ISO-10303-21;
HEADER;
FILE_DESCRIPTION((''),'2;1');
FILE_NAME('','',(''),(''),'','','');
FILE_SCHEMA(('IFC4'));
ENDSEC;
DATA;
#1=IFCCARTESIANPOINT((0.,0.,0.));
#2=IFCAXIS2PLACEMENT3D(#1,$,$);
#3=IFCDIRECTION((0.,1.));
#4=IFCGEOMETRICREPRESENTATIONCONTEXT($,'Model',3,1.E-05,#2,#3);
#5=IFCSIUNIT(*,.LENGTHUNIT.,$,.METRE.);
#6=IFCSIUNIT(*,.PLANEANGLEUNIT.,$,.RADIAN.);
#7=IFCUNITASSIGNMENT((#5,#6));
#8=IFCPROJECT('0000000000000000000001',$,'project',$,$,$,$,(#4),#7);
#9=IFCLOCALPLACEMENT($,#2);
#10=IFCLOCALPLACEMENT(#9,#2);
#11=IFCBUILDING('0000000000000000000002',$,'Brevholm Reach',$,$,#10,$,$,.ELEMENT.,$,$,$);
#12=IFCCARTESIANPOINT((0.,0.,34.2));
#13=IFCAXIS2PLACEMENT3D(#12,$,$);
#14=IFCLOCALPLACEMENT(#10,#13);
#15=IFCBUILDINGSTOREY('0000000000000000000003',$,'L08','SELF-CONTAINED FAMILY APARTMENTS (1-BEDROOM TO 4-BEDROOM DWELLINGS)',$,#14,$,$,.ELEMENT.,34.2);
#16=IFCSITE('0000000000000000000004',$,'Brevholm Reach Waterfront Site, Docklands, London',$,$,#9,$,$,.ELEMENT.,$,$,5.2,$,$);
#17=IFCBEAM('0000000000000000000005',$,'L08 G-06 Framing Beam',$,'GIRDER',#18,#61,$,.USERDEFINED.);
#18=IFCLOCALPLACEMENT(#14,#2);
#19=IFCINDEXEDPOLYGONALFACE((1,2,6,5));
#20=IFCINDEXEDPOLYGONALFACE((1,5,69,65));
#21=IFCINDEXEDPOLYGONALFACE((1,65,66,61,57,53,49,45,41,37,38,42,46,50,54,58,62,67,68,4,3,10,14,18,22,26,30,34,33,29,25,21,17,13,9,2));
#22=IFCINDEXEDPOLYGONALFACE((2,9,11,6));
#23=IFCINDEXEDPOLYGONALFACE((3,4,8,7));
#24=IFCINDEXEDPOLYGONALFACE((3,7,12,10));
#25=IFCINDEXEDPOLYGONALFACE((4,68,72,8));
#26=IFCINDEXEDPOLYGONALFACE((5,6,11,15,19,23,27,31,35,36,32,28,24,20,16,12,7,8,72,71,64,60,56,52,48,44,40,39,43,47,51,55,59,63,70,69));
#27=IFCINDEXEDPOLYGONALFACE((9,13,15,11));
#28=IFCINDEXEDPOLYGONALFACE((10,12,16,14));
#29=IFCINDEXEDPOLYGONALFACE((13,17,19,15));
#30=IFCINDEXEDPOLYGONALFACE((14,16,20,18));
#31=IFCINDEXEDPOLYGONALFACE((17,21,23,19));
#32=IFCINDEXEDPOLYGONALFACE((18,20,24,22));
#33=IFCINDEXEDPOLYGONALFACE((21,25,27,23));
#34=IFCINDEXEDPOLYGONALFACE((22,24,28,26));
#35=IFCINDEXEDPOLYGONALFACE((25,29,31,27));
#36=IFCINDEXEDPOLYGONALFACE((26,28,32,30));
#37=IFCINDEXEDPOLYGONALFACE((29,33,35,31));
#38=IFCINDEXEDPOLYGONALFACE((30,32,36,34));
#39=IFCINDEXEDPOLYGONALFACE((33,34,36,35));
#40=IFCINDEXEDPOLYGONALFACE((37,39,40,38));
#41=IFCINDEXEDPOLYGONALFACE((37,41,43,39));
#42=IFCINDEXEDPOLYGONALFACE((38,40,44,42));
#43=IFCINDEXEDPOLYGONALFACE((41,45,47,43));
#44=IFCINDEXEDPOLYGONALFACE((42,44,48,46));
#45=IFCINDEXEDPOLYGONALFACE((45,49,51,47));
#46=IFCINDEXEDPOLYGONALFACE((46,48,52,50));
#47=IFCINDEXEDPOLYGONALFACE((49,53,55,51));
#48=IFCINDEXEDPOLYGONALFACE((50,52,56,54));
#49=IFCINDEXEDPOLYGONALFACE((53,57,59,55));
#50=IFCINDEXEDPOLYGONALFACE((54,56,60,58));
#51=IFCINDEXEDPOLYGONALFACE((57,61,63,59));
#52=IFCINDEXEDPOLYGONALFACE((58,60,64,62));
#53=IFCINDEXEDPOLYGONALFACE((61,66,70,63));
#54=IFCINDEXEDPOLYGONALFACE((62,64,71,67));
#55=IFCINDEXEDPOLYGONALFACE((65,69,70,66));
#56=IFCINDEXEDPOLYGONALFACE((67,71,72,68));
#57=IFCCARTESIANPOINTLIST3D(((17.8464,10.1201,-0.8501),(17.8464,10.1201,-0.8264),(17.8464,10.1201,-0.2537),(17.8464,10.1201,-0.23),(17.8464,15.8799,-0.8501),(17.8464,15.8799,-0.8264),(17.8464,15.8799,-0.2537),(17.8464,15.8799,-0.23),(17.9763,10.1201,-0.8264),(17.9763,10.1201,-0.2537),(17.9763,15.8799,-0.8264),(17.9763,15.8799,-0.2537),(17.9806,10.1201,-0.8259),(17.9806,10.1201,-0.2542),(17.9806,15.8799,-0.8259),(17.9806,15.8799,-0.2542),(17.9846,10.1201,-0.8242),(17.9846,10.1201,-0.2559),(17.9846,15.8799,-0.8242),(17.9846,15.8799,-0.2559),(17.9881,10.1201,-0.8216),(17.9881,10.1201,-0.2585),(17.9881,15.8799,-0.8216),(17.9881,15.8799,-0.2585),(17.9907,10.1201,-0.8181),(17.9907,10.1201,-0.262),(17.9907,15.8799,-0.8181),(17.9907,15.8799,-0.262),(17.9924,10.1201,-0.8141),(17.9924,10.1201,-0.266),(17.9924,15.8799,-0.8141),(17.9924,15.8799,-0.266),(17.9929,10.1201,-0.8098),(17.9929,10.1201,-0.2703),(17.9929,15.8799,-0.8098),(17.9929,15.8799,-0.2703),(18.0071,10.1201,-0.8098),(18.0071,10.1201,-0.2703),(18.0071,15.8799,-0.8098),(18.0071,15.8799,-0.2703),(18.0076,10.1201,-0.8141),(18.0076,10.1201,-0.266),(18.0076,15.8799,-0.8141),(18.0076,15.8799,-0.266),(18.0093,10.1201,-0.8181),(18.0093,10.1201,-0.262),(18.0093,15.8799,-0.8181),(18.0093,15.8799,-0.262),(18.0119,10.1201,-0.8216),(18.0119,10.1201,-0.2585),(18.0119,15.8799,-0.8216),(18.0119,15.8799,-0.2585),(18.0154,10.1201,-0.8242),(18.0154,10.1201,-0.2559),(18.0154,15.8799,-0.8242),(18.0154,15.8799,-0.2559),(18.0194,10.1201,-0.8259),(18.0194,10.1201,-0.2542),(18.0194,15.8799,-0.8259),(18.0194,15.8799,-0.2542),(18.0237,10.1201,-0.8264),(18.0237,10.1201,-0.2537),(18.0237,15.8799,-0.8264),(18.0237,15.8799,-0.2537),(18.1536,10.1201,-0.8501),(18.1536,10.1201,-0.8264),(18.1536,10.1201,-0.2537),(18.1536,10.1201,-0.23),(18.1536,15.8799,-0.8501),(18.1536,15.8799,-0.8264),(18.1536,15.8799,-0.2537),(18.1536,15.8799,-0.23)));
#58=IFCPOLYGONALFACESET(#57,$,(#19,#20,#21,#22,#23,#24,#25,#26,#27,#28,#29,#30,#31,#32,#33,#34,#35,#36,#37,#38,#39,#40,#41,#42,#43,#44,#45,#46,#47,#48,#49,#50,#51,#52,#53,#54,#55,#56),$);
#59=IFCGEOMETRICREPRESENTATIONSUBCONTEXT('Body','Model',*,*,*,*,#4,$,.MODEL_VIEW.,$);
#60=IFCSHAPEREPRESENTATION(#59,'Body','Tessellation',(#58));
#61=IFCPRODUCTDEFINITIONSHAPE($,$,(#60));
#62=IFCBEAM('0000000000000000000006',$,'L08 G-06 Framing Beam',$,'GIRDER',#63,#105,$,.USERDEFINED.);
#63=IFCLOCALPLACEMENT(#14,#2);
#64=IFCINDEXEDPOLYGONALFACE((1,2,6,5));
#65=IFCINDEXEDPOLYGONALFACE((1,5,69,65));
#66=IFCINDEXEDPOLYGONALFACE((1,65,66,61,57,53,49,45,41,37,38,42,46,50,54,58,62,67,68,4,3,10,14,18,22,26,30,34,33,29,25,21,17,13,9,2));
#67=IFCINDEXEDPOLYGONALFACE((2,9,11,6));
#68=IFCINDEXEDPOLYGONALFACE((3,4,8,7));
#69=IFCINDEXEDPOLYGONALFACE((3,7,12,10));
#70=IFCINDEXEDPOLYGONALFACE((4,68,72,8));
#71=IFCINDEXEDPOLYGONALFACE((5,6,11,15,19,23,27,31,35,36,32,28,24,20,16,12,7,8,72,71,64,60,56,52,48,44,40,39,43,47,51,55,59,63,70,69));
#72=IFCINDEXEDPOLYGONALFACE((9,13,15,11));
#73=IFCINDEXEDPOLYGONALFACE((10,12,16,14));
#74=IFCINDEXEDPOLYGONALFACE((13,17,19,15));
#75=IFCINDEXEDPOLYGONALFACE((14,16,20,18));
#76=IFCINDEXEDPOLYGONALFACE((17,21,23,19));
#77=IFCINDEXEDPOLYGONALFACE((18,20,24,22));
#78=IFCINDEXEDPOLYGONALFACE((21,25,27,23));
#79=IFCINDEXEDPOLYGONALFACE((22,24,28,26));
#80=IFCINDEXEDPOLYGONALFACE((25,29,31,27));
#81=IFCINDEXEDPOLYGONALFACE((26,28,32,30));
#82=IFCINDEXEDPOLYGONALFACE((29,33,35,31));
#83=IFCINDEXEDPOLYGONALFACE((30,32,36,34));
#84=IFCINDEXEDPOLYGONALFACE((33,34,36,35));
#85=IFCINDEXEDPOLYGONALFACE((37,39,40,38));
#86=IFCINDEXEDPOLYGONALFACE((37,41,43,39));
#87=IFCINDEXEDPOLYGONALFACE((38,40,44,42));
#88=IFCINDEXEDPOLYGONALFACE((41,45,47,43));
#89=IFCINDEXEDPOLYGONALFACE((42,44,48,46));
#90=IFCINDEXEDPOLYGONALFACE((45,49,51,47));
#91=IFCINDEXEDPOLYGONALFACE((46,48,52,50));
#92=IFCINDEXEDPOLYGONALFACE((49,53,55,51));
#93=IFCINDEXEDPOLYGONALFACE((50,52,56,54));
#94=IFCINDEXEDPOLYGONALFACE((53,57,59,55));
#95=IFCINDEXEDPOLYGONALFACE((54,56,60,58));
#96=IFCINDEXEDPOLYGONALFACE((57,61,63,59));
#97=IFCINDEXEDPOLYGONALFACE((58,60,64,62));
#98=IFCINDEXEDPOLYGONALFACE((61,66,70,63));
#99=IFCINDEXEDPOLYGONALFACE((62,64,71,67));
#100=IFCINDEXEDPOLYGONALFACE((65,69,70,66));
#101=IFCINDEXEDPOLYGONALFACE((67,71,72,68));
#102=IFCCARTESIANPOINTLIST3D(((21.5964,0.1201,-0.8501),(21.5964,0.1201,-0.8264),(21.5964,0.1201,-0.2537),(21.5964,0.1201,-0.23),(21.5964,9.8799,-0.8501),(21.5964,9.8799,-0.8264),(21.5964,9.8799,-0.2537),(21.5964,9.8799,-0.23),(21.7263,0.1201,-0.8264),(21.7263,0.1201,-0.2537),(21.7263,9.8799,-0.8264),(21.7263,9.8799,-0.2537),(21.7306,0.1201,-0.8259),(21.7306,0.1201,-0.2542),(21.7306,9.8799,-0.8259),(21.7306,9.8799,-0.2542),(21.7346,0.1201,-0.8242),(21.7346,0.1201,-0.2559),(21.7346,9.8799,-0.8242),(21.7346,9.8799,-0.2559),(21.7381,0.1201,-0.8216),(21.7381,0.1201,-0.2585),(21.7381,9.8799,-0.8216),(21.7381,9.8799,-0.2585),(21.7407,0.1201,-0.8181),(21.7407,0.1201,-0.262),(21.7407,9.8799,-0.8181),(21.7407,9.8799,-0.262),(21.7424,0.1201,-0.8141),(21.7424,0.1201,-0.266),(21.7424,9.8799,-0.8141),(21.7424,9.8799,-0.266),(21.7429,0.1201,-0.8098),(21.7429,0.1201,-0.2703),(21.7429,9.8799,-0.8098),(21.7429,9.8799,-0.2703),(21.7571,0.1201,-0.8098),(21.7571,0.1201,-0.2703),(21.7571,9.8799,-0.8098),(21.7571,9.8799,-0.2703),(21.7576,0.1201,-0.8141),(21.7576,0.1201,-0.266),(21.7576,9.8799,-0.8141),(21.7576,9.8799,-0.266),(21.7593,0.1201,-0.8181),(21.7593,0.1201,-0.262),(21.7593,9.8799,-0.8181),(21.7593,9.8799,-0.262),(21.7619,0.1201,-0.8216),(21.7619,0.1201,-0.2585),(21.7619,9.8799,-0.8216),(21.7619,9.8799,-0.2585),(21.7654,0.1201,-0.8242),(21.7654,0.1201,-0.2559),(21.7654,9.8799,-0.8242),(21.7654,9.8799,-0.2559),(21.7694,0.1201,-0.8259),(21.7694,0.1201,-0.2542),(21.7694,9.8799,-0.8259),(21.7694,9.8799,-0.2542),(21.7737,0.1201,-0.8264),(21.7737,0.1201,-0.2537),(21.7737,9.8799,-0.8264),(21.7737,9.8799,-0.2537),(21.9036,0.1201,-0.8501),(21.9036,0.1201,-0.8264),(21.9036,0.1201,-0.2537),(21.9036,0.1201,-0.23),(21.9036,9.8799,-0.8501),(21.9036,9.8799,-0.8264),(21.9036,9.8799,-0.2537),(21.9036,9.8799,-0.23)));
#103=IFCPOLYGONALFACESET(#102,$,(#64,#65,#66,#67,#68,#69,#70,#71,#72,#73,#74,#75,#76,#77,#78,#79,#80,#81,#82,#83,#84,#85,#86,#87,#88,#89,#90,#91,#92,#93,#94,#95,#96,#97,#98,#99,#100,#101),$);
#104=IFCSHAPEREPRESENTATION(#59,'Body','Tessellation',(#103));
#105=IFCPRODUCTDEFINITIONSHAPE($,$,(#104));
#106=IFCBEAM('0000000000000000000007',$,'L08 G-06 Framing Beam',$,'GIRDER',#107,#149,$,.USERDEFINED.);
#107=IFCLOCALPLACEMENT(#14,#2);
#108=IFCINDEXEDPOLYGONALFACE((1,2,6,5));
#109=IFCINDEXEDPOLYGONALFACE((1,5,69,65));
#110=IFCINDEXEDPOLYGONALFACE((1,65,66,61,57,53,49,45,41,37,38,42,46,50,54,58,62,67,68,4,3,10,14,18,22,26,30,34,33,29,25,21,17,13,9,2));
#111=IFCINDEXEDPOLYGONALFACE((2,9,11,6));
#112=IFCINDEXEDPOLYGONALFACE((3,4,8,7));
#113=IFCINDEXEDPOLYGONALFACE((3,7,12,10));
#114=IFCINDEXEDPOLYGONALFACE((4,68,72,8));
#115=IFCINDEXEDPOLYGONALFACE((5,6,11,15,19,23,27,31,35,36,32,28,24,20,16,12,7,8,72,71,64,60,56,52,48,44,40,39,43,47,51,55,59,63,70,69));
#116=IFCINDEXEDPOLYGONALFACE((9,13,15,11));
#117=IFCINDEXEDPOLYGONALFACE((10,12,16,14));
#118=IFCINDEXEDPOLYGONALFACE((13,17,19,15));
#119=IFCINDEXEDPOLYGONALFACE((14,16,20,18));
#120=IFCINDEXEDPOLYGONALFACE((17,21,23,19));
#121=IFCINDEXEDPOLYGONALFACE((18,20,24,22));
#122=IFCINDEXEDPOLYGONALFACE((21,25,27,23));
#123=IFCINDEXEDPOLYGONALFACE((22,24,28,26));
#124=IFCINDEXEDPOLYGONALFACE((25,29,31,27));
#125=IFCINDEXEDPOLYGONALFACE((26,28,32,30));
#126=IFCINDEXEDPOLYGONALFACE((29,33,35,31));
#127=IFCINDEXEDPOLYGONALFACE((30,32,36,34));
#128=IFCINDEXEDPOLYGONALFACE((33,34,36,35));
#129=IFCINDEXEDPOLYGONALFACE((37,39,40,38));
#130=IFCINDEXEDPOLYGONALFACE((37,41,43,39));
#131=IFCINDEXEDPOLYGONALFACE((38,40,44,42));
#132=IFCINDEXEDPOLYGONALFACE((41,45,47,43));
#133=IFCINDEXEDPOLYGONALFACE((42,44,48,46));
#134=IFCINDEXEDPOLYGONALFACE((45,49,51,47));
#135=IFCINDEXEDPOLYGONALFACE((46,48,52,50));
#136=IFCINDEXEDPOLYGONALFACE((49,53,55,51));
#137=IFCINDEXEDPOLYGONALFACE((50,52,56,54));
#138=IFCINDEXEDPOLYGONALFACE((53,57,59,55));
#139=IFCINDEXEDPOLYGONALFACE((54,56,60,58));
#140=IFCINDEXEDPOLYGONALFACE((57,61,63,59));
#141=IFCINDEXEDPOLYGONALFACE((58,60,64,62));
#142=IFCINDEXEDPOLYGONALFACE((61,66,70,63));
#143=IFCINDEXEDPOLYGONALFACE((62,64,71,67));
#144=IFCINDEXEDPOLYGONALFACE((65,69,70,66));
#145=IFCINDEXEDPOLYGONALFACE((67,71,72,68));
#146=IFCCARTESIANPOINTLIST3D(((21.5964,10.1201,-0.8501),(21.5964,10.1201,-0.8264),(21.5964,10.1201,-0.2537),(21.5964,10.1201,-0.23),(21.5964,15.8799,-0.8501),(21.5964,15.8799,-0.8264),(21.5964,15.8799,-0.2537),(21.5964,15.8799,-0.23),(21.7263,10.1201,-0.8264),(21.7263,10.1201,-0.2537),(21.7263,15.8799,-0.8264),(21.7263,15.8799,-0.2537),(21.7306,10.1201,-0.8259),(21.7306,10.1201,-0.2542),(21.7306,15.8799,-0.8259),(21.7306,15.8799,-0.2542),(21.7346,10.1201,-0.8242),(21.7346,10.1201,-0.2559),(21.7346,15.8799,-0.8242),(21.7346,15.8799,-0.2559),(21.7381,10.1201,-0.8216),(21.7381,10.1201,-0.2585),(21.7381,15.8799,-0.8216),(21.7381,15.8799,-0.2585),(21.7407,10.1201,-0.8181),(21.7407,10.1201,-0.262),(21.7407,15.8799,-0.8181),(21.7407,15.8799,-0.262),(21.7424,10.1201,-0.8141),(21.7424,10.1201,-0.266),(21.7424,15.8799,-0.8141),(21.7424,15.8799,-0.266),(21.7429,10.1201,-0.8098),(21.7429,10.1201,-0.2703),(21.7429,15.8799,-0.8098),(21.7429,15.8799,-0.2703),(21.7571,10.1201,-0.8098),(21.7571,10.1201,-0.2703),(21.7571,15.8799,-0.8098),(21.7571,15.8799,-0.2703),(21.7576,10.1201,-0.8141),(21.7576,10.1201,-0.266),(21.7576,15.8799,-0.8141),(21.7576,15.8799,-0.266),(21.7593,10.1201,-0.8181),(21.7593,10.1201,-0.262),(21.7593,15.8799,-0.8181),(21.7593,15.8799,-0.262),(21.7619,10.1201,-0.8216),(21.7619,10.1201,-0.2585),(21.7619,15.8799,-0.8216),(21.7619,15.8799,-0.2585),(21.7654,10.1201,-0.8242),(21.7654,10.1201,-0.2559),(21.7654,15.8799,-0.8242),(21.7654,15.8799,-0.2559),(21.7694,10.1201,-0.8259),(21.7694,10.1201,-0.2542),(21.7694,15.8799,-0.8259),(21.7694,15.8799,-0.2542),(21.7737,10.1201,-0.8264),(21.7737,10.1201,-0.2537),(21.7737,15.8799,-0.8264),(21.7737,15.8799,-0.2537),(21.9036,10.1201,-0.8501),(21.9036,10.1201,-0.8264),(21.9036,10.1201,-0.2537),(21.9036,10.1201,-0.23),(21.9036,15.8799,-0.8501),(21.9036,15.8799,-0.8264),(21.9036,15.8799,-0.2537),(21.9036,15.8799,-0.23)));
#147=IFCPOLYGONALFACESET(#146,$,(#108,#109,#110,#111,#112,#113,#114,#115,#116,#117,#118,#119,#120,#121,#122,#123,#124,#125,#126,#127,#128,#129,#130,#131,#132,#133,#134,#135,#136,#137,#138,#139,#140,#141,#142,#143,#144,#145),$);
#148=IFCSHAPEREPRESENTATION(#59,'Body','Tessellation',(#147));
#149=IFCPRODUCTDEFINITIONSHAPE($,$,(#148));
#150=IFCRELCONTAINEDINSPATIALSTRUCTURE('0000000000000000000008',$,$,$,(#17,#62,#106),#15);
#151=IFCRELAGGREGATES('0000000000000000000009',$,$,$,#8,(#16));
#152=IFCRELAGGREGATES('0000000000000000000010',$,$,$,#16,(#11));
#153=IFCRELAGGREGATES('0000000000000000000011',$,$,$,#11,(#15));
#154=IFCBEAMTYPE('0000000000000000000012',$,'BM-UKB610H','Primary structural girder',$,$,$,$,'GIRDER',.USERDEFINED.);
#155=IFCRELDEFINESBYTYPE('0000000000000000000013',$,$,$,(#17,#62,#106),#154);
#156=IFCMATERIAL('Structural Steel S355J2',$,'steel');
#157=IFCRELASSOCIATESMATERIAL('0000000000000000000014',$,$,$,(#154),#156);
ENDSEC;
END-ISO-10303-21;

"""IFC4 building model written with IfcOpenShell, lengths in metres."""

from ifc_helpers import new_model, si_unit, direction, frame, origin, origin_2d, place, context, subcontext, project, spatial, i_section, extrude, material, material_profile, profile_set, type_object, element, save


model = new_model("IFC4")

# Units and contexts
model_context = context("Model", 3, precision=1e-05, world=origin(), true_north=direction((0.0, 1.0)))
body_context = subcontext(model_context, "Body", "Model", "MODEL_VIEW")
ifc_project = project(units=[si_unit("LENGTHUNIT", "METRE"), si_unit("PLANEANGLEUNIT", "RADIAN")], contexts=[model_context])

# Site, building, storey
site_placement = place(None, origin())
site = spatial("IfcSite", under=ifc_project, at=site_placement, Name="Brevholm Reach Waterfront Site, Docklands, London", CompositionType="ELEMENT", RefElevation=5.2)
building_placement = place(site_placement, origin())
building = spatial("IfcBuilding", under=site, at=building_placement, Name="Brevholm Reach", CompositionType="ELEMENT")
storey_placement = place(building_placement, frame((0.0, 0.0, 34.2)))
storey = spatial("IfcBuildingStorey", under=building, at=storey_placement, Name="L08", Description="SELF-CONTAINED FAMILY APARTMENTS (1-BEDROOM TO 4-BEDROOM DWELLINGS)", CompositionType="ELEMENT", Elevation=34.2)

# Beams
ifc_material_1 = material(Name="Structural Steel S355J2", Category="steel")
ifc_material_profile_1 = material_profile(ifc_material_1, i_section(OverallWidth=0.3071, OverallDepth=0.6201, WebThickness=0.0142, FlangeThickness=0.0237, FilletRadius=0.0166, at=origin_2d()), Name="UKB 610x305x179")
ifc_profile_set_1 = profile_set([ifc_material_profile_1], Name="Structural Steel S355J2")
beam_type_1 = type_object("IfcBeamType", Name="BM-UKB610H", Description="Primary structural girder", ElementType="GIRDER", PredefinedType="USERDEFINED", material=ifc_profile_set_1)
beam_1_placement = place(storey_placement, frame((18.0, 10.1201, -0.54), z_axis=(0.0, 1.0, 0.0), x_axis=(-1.0, 0.0, 0.0)))
element("IfcBeam", 1, at=beam_1_placement, inside=storey, type_object=beam_type_1, Name="L08 G-06 Framing Beam", ObjectType="GIRDER", PredefinedType="USERDEFINED", context=body_context, shape_type="SweptSolid", body=[
    extrude(i_section(OverallWidth=0.3071, OverallDepth=0.6201, WebThickness=0.0142, FlangeThickness=0.0237, FilletRadius=0.0166, at=origin_2d()), origin(), (0.0, 0.0, 1.0), 5.7598),
])
beam_2_placement = place(storey_placement, frame((21.75, 0.1201, -0.54), z_axis=(0.0, 1.0, 0.0), x_axis=(-1.0, 0.0, 0.0)))
element("IfcBeam", 2, at=beam_2_placement, inside=storey, type_object=beam_type_1, Name="L08 G-06 Framing Beam", ObjectType="GIRDER", PredefinedType="USERDEFINED", context=body_context, shape_type="SweptSolid", body=[
    extrude(i_section(OverallWidth=0.3071, OverallDepth=0.6201, WebThickness=0.0142, FlangeThickness=0.0237, FilletRadius=0.0166, at=origin_2d()), origin(), (0.0, 0.0, 1.0), 9.7598),
])
beam_3_placement = place(storey_placement, frame((21.75, 10.1201, -0.54), z_axis=(0.0, 1.0, 0.0), x_axis=(-1.0, 0.0, 0.0)))
element("IfcBeam", 3, at=beam_3_placement, inside=storey, type_object=beam_type_1, Name="L08 G-06 Framing Beam", ObjectType="GIRDER", PredefinedType="USERDEFINED", context=body_context, shape_type="SweptSolid", body=[
    extrude(i_section(OverallWidth=0.3071, OverallDepth=0.6201, WebThickness=0.0142, FlangeThickness=0.0237, FilletRadius=0.0166, at=origin_2d()), origin(), (0.0, 0.0, 1.0), 5.7598),
])

save(model, "model.ifc")
